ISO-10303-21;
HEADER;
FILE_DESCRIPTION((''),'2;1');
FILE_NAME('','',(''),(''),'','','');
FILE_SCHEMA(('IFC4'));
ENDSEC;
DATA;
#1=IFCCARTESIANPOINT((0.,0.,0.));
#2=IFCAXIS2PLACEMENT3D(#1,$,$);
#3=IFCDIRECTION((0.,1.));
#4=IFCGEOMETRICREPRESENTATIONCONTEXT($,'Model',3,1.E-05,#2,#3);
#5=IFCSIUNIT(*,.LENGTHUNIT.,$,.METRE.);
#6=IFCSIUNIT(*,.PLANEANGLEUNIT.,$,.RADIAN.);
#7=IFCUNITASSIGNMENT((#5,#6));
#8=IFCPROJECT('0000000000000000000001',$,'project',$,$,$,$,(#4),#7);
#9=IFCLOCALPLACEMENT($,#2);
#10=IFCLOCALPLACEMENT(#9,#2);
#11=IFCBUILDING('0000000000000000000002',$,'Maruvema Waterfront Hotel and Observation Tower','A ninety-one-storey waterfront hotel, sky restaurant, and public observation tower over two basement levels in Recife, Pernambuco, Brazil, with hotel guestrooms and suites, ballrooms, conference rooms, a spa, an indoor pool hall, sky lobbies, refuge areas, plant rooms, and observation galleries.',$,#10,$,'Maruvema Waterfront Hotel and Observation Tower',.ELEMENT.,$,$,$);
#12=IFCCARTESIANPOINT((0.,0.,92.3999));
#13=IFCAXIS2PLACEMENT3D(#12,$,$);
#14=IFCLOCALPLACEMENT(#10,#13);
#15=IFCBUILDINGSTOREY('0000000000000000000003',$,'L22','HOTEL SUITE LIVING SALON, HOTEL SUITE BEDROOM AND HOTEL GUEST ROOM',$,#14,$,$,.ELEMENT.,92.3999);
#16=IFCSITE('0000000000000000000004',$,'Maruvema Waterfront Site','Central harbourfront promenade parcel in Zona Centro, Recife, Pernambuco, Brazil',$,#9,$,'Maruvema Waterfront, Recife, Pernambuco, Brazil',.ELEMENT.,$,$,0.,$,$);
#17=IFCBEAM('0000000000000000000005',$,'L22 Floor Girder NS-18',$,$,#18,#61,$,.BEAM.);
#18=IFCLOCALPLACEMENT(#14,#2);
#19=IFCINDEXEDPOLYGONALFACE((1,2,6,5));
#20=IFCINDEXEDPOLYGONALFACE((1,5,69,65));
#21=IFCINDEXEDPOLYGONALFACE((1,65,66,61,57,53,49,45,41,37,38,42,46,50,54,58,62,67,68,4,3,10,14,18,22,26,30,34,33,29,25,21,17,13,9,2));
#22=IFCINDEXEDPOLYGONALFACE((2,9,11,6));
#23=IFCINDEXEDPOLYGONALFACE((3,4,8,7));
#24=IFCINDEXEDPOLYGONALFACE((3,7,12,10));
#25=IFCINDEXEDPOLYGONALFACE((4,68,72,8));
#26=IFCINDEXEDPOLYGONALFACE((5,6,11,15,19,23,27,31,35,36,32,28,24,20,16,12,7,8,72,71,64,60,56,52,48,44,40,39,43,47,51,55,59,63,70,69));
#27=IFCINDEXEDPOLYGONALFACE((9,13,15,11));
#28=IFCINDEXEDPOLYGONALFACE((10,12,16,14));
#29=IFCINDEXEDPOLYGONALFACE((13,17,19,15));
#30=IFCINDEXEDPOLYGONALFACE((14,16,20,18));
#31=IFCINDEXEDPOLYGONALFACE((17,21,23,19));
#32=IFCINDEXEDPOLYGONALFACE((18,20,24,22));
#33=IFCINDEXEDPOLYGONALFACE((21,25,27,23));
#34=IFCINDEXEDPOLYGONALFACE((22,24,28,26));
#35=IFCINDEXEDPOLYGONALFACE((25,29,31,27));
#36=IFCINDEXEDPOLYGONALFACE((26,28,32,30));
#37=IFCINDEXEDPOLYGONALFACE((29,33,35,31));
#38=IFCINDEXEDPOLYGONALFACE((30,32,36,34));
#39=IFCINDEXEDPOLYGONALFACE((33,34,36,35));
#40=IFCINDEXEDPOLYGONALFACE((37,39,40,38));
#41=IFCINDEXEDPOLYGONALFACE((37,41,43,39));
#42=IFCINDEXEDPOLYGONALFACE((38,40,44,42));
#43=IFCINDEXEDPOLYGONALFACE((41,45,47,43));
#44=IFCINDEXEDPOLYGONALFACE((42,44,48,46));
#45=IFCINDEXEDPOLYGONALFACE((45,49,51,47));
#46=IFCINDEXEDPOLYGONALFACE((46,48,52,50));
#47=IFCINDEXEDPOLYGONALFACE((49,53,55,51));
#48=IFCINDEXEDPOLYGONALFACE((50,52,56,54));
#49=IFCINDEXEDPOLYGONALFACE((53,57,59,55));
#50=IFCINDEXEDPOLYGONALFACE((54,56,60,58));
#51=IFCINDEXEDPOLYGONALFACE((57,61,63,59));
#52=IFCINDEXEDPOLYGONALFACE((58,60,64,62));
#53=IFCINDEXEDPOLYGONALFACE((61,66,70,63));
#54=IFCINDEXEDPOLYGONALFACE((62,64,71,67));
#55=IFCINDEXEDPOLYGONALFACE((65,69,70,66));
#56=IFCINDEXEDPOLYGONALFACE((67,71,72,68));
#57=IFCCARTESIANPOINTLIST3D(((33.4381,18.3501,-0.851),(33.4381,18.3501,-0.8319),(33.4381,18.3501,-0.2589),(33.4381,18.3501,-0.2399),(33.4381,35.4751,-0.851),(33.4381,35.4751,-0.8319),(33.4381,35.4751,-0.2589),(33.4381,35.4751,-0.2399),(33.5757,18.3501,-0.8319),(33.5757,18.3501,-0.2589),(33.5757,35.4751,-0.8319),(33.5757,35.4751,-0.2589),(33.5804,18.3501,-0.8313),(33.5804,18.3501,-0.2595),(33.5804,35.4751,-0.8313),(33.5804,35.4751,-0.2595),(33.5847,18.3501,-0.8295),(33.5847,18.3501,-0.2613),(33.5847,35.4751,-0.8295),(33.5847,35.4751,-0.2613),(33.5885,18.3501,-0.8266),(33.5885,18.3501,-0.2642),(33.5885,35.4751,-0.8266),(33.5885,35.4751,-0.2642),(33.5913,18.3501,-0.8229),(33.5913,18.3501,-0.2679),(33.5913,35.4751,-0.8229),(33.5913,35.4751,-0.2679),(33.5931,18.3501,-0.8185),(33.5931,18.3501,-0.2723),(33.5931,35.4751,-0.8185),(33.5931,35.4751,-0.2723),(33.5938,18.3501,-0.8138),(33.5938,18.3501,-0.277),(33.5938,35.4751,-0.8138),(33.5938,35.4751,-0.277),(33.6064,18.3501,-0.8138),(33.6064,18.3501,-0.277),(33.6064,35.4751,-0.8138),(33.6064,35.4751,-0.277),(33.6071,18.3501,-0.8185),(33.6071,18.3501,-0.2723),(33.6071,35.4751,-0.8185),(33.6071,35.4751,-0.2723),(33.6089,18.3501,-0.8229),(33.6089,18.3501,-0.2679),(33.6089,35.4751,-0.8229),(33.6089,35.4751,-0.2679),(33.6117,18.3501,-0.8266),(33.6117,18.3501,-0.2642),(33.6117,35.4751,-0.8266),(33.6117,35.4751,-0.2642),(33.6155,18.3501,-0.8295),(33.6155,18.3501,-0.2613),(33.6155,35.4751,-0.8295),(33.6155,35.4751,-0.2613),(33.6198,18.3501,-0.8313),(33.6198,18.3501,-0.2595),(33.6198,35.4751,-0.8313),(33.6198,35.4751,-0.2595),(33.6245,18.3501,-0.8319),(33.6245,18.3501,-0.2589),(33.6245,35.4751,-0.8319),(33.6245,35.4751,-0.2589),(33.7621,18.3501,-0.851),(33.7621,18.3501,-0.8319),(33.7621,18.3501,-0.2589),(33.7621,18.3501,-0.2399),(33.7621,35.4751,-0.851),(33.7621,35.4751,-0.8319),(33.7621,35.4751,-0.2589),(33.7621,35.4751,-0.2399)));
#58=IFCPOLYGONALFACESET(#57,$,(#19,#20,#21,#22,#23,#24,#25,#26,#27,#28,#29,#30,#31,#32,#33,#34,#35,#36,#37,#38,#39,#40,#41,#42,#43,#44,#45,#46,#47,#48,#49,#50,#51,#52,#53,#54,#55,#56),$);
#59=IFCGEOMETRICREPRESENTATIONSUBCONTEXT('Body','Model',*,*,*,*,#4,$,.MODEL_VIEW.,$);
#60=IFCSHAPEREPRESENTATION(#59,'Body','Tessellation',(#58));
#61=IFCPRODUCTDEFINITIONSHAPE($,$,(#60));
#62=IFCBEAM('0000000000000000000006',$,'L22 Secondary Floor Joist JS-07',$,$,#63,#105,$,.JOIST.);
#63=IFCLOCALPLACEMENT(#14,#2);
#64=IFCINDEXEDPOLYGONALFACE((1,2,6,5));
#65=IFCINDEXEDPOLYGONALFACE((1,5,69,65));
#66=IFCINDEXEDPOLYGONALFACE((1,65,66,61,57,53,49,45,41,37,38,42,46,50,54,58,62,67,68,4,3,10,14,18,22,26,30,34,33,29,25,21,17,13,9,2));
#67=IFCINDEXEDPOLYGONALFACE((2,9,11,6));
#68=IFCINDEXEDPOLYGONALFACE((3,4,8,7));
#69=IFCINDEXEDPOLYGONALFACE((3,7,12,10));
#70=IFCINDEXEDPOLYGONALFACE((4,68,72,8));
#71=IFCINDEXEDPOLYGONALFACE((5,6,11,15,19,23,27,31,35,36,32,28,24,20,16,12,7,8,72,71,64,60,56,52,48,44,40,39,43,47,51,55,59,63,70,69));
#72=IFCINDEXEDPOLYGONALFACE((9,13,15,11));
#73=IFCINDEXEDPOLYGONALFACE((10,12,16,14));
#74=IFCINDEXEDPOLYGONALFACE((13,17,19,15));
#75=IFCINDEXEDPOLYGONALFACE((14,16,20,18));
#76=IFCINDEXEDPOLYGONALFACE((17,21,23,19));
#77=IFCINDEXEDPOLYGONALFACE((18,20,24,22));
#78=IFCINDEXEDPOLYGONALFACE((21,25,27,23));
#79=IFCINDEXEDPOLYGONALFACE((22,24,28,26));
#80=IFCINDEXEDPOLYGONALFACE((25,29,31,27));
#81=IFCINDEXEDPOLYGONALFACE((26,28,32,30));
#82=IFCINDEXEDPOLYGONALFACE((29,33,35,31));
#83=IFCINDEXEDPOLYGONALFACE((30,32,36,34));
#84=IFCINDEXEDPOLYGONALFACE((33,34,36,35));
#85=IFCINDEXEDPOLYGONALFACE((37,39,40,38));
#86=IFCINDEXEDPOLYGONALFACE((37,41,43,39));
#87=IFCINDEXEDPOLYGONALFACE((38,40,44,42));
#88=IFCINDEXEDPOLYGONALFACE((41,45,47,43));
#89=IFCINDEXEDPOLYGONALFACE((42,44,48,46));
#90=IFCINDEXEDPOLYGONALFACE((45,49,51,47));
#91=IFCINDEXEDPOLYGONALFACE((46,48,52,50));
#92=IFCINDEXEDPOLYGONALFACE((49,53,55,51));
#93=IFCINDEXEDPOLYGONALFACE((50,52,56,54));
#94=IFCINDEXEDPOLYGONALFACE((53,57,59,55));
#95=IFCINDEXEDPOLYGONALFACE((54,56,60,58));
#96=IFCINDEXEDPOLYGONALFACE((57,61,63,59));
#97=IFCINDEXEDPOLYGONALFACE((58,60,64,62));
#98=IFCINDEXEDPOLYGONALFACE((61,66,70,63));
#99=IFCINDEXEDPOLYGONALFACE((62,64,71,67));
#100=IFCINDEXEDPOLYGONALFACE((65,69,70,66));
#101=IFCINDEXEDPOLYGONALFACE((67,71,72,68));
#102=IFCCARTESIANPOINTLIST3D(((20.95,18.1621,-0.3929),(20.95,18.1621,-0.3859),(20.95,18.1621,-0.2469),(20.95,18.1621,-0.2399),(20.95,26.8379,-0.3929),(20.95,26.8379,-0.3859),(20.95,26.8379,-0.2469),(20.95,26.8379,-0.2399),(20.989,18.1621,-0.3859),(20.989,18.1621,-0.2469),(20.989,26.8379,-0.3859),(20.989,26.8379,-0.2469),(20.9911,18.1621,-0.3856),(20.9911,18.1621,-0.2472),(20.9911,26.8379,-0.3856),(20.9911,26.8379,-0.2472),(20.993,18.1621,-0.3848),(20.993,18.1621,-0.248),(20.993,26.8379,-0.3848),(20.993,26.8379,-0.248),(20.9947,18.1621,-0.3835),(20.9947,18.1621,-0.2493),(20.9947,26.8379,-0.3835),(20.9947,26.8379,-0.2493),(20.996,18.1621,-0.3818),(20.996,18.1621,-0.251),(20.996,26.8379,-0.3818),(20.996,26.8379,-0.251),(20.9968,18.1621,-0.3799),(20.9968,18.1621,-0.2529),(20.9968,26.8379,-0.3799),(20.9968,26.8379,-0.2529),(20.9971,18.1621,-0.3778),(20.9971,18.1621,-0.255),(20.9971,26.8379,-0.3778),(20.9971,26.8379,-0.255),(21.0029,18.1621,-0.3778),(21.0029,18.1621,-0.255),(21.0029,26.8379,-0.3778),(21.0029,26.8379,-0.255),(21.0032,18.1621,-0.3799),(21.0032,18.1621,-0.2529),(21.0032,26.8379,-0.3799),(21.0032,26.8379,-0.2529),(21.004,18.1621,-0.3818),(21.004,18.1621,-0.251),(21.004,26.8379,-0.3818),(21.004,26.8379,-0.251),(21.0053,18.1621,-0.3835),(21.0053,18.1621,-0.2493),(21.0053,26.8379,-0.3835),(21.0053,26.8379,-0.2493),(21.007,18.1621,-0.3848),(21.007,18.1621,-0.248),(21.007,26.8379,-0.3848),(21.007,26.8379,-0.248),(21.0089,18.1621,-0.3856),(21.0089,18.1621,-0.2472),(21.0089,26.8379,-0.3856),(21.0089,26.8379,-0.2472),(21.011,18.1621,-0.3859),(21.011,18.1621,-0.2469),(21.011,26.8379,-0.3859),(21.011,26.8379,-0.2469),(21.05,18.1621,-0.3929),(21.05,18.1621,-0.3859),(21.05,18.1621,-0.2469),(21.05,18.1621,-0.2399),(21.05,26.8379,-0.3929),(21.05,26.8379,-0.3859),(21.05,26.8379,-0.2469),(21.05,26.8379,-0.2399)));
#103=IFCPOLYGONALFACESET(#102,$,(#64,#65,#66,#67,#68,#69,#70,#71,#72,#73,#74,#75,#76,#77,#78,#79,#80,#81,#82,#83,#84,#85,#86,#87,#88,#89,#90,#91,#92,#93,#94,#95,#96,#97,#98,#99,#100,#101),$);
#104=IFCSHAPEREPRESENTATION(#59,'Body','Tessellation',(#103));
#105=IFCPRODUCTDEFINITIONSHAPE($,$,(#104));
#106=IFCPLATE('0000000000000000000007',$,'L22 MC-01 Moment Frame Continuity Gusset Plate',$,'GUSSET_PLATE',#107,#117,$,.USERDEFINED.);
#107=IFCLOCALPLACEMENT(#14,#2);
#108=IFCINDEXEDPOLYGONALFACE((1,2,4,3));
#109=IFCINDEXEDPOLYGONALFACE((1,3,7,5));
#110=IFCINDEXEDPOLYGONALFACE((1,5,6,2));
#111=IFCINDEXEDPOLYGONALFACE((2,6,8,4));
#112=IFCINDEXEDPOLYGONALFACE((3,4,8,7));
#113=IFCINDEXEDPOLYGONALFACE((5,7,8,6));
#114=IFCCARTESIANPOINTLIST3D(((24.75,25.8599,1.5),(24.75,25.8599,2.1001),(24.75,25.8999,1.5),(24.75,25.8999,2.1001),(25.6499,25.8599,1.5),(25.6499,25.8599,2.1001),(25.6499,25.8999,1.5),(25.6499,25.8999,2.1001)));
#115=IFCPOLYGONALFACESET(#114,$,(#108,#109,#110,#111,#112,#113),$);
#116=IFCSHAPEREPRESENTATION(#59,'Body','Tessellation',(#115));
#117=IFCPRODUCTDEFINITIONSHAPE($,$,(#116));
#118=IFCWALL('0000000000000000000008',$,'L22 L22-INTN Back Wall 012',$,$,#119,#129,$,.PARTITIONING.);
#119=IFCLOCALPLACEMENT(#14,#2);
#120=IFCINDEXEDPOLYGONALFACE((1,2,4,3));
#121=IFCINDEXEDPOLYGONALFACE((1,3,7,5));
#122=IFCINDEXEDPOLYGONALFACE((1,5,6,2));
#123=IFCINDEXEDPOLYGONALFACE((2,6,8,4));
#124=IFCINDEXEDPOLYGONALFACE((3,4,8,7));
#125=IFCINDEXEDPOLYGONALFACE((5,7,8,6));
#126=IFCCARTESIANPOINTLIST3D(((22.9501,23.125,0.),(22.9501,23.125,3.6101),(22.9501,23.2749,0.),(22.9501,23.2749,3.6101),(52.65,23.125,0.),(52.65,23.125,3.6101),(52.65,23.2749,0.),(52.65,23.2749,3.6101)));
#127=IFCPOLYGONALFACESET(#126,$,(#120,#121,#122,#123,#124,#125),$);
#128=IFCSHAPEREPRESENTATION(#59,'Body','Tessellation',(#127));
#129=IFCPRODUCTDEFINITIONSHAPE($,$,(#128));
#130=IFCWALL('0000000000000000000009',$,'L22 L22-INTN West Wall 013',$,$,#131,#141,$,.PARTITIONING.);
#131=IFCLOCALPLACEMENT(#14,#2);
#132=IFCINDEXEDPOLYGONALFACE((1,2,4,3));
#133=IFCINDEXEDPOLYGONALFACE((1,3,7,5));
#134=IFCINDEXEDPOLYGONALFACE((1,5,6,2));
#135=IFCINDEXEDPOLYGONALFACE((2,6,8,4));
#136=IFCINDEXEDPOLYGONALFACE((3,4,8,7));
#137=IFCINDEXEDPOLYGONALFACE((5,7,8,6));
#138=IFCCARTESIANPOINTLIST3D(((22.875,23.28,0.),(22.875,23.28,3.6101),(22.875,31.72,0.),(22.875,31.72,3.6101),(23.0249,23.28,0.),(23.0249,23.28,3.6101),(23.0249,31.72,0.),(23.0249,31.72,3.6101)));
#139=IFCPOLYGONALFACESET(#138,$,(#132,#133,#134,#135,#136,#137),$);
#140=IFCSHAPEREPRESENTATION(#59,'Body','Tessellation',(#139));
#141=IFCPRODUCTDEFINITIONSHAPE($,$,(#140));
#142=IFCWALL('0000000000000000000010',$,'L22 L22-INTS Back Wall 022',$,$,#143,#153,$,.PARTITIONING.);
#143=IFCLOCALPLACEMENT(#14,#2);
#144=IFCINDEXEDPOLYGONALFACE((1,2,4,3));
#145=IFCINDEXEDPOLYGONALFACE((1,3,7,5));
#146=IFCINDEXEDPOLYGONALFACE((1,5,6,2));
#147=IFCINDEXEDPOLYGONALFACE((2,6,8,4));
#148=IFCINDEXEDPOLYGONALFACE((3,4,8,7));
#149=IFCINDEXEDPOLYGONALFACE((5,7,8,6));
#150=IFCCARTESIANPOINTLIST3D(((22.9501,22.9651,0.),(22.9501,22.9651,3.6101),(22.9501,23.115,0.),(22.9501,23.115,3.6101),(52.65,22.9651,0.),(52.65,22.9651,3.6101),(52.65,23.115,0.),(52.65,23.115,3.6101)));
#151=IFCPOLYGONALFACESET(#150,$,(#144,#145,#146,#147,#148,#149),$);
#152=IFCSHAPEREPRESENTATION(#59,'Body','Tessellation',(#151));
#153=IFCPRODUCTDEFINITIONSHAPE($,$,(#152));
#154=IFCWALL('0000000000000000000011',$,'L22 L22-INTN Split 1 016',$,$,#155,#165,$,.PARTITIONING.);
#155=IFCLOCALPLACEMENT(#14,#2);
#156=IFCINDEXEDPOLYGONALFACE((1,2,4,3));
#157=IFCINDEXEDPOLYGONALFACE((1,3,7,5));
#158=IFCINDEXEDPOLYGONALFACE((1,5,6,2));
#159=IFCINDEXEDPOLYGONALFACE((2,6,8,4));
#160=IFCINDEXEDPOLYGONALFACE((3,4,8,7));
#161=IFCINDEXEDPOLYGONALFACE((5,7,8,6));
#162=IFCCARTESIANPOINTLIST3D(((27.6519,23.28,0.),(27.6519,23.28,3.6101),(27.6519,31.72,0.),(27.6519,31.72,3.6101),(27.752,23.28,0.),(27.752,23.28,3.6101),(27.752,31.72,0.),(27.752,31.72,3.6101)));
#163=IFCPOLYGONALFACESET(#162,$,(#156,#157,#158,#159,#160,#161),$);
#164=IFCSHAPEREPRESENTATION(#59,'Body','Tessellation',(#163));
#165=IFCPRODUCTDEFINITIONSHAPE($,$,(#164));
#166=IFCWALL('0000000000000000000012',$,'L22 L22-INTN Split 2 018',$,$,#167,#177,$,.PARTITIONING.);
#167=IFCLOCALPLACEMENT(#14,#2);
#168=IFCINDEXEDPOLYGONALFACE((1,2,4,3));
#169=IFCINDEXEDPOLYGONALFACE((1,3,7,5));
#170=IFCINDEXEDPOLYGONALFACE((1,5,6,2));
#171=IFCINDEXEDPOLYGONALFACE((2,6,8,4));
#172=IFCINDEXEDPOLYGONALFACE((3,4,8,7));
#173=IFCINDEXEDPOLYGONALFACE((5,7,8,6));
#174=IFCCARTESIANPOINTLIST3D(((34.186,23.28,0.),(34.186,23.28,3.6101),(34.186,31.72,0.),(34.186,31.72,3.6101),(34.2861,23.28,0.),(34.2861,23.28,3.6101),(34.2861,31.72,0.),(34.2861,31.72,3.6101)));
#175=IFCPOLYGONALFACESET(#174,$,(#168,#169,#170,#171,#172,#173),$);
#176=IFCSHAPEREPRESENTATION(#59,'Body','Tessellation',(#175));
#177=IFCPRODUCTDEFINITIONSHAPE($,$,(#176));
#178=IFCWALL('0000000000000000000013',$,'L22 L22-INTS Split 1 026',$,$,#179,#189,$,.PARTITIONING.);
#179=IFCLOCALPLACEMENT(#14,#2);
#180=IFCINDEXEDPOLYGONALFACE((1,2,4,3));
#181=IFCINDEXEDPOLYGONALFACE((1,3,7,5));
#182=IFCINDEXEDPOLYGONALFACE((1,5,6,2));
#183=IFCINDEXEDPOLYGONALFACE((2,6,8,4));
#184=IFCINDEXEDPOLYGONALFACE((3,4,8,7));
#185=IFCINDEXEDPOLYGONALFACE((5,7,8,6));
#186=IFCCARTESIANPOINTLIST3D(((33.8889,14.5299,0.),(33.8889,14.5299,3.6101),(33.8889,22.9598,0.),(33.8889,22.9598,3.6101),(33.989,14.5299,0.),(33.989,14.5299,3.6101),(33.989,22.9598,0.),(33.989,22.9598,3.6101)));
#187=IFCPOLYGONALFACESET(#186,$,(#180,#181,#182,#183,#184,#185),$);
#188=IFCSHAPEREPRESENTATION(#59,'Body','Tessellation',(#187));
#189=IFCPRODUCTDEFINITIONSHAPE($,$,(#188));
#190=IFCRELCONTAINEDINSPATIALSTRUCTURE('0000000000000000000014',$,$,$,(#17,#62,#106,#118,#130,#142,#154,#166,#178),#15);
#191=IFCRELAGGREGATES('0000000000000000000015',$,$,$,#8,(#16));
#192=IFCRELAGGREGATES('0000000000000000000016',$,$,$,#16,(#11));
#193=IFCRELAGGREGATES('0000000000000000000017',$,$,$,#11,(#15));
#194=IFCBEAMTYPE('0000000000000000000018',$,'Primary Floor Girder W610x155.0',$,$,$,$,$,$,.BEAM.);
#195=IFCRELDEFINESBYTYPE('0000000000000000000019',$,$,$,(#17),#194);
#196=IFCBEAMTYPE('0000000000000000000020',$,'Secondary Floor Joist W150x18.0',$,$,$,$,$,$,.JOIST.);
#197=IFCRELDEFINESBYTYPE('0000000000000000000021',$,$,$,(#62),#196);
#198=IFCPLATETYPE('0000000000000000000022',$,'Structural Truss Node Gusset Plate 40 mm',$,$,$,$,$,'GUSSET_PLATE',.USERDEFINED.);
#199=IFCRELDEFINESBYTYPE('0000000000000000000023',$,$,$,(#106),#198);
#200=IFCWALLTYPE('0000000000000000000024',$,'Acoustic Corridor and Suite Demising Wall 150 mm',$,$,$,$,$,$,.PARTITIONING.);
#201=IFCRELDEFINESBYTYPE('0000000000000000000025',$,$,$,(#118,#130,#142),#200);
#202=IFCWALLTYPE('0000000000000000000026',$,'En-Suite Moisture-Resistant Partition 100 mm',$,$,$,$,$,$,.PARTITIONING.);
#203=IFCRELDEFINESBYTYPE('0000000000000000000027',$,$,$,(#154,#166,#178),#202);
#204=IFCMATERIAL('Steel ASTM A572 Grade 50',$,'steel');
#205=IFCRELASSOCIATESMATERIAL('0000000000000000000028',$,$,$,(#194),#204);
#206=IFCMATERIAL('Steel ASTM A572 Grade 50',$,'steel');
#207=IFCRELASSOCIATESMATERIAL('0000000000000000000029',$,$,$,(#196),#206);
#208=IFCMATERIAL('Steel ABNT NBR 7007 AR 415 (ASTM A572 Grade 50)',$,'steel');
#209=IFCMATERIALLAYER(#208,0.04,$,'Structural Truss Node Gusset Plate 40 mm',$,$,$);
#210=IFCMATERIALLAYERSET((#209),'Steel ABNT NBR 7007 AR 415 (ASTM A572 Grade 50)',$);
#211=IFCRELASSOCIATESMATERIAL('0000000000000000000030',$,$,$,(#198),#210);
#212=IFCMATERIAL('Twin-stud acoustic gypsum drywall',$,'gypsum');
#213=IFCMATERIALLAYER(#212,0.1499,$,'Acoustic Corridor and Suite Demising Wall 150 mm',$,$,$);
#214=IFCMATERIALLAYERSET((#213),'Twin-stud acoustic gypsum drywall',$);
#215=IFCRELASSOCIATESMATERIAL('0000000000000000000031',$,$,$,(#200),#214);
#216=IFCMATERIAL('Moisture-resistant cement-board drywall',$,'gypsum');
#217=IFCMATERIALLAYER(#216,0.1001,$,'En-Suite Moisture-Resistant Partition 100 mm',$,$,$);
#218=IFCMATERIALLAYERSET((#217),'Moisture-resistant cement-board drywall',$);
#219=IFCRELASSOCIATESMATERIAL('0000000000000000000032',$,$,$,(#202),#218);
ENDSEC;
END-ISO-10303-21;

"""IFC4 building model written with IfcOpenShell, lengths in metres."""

from ifc_helpers import new_model, si_unit, direction, frame, frame_2d, origin, origin_2d, place, context, subcontext, project, spatial, rectangle, i_section, extrude, material, layer, layer_set, material_profile, profile_set, type_object, element, save


model = new_model("IFC4")

# Units and contexts
model_context = context("Model", 3, precision=1e-05, world=origin(), true_north=direction((0.0, 1.0)))
body_context = subcontext(model_context, "Body", "Model", "MODEL_VIEW")
ifc_project = project(units=[si_unit("LENGTHUNIT", "METRE"), si_unit("PLANEANGLEUNIT", "RADIAN")], contexts=[model_context])

# Site, building, storey
site_placement = place(None, origin())
site = spatial("IfcSite", under=ifc_project, at=site_placement, Name="Maruvema Waterfront Site", Description="Central harbourfront promenade parcel in Zona Centro, Recife, Pernambuco, Brazil", LongName="Maruvema Waterfront, Recife, Pernambuco, Brazil", CompositionType="ELEMENT", RefElevation=0.0)
building_placement = place(site_placement, origin())
building = spatial("IfcBuilding", under=site, at=building_placement, Name="Maruvema Waterfront Hotel and Observation Tower", Description="A ninety-one-storey waterfront hotel, sky restaurant, and public observation tower over two basement levels in Recife, Pernambuco, Brazil, with hotel guestrooms and suites, ballrooms, conference rooms, a spa, an indoor pool hall, sky lobbies, refuge areas, plant rooms, and observation galleries.", LongName="Maruvema Waterfront Hotel and Observation Tower", CompositionType="ELEMENT")
storey_placement = place(building_placement, frame((0.0, 0.0, 92.3999)))
storey = spatial("IfcBuildingStorey", under=building, at=storey_placement, Name="L22", Description="HOTEL SUITE LIVING SALON, HOTEL SUITE BEDROOM AND HOTEL GUEST ROOM", CompositionType="ELEMENT", Elevation=92.3999)

# Beams
ifc_material_1 = material(Name="Steel ASTM A572 Grade 50", Category="steel")
ifc_material_profile_1 = material_profile(ifc_material_1, i_section(OverallWidth=0.324, OverallDepth=0.6111, WebThickness=0.0127, FlangeThickness=0.019, FilletRadius=0.0181, at=origin_2d()), Name="W610x155.0")
ifc_profile_set_1 = profile_set([ifc_material_profile_1], Name="Steel ASTM A572 Grade 50")
beam_type_1 = type_object("IfcBeamType", Name="Primary Floor Girder W610x155.0", PredefinedType="BEAM", material=ifc_profile_set_1)
beam_1_placement = place(storey_placement, frame((33.6001, 18.3501, -0.5454), z_axis=(0.0, 1.0, 0.0), x_axis=(-1.0, 0.0, 0.0)))
element("IfcBeam", 1, at=beam_1_placement, inside=storey, type_object=beam_type_1, Name="L22 Floor Girder NS-18", PredefinedType="BEAM", context=body_context, shape_type="SweptSolid", body=[
    extrude(i_section(OverallWidth=0.324, OverallDepth=0.6111, WebThickness=0.0127, FlangeThickness=0.019, FilletRadius=0.0181, at=origin_2d()), origin(), (0.0, 0.0, 1.0), 17.125),
])
ifc_material_2 = material(Name="Steel ASTM A572 Grade 50", Category="steel")
ifc_material_profile_2 = material_profile(ifc_material_2, i_section(OverallWidth=0.1001, OverallDepth=0.1531, WebThickness=0.0059, FlangeThickness=0.0071, FilletRadius=0.0081, at=origin_2d()), Name="W150x18.0")
ifc_profile_set_2 = profile_set([ifc_material_profile_2], Name="Steel ASTM A572 Grade 50")
beam_type_2 = type_object("IfcBeamType", Name="Secondary Floor Joist W150x18.0", PredefinedType="JOIST", material=ifc_profile_set_2)
beam_2_placement = place(storey_placement, frame((21.0, 18.1621, -0.3164), z_axis=(0.0, 1.0, 0.0), x_axis=(-1.0, 0.0, 0.0)))
element("IfcBeam", 2, at=beam_2_placement, inside=storey, type_object=beam_type_2, Name="L22 Secondary Floor Joist JS-07", PredefinedType="JOIST", context=body_context, shape_type="SweptSolid", body=[
    extrude(i_section(OverallWidth=0.1001, OverallDepth=0.1531, WebThickness=0.0059, FlangeThickness=0.0071, FilletRadius=0.0081, at=origin_2d()), origin(), (0.0, 0.0, 1.0), 8.6758),
])

# Plate
ifc_material_3 = material(Name="Steel ABNT NBR 7007 AR 415 (ASTM A572 Grade 50)", Category="steel")
ifc_layer_1 = layer(ifc_material_3, 0.04, Name="Structural Truss Node Gusset Plate 40 mm")
ifc_layer_set_1 = layer_set([ifc_layer_1], Name="Steel ABNT NBR 7007 AR 415 (ASTM A572 Grade 50)")
plate_type = type_object("IfcPlateType", Name="Structural Truss Node Gusset Plate 40 mm", ElementType="GUSSET_PLATE", PredefinedType="USERDEFINED", material=ifc_layer_set_1)
plate_placement = place(storey_placement, frame((25.2, 25.8799, 1.5), z_axis=(0.0, 0.0, 1.0), x_axis=(1.0, 0.0, 0.0)))
element("IfcPlate", 3, at=plate_placement, inside=storey, type_object=plate_type, Name="L22 MC-01 Moment Frame Continuity Gusset Plate", ObjectType="GUSSET_PLATE", PredefinedType="USERDEFINED", context=body_context, shape_type="SweptSolid", body=[
    extrude(rectangle(XDim=0.8999, YDim=0.04, at=origin_2d()), origin(), (0.0, 0.0, 1.0), 0.6001),
])

# Walls
ifc_material_4 = material(Name="Twin-stud acoustic gypsum drywall", Category="gypsum")
ifc_layer_2 = layer(ifc_material_4, 0.1499, Name="Acoustic Corridor and Suite Demising Wall 150 mm")
ifc_layer_set_2 = layer_set([ifc_layer_2], Name="Twin-stud acoustic gypsum drywall")
wall_type_1 = type_object("IfcWallType", Name="Acoustic Corridor and Suite Demising Wall 150 mm", PredefinedType="PARTITIONING", material=ifc_layer_set_2)
wall_1_placement = place(storey_placement, frame((22.95, 23.2, 0.0), z_axis=(0.0, 0.0, 1.0), x_axis=(1.0, 0.0, 0.0)))
element("IfcWall", 4, at=wall_1_placement, inside=storey, type_object=wall_type_1, Name="L22 L22-INTN Back Wall 012", PredefinedType="PARTITIONING", context=body_context, shape_type="SweptSolid", body=[
    extrude(rectangle(XDim=29.7, YDim=0.1499, at=frame_2d((14.8501, 0.0))), origin(), (0.0, 0.0, 1.0), 3.6101),
])
wall_2_placement = place(storey_placement, frame((22.95, 23.28, 0.0), z_axis=(0.0, 0.0, 1.0), x_axis=(0.0, 1.0, 0.0)))
element("IfcWall", 5, at=wall_2_placement, inside=storey, type_object=wall_type_1, Name="L22 L22-INTN West Wall 013", PredefinedType="PARTITIONING", context=body_context, shape_type="SweptSolid", body=[
    extrude(rectangle(XDim=8.4399, YDim=0.1499, at=frame_2d((4.22, 0.0))), origin(), (0.0, 0.0, 1.0), 3.6101),
])
wall_3_placement = place(storey_placement, frame((22.95, 23.04, 0.0), z_axis=(0.0, 0.0, 1.0), x_axis=(1.0, 0.0, 0.0)))
element("IfcWall", 6, at=wall_3_placement, inside=storey, type_object=wall_type_1, Name="L22 L22-INTS Back Wall 022", PredefinedType="PARTITIONING", context=body_context, shape_type="SweptSolid", body=[
    extrude(rectangle(XDim=29.7, YDim=0.1499, at=frame_2d((14.8501, 0.0))), origin(), (0.0, 0.0, 1.0), 3.6101),
])

# Walls
ifc_material_5 = material(Name="Moisture-resistant cement-board drywall", Category="gypsum")
ifc_layer_3 = layer(ifc_material_5, 0.1001, Name="En-Suite Moisture-Resistant Partition 100 mm")
ifc_layer_set_3 = layer_set([ifc_layer_3], Name="Moisture-resistant cement-board drywall")
wall_type_2 = type_object("IfcWallType", Name="En-Suite Moisture-Resistant Partition 100 mm", PredefinedType="PARTITIONING", material=ifc_layer_set_3)
for number, where, z_axis, x_axis, name in (
    (7, (27.7019, 23.28, 0.0), (0.0, 0.0, 1.0), (0.0, 1.0, 0.0), "L22 L22-INTN Split 1 016"),
    (8, (34.2361, 23.28, 0.0), (0.0, 0.0, 1.0), (0.0, 1.0, 0.0), "L22 L22-INTN Split 2 018"),
):
    element("IfcWall", number, at=place(storey_placement, frame(where, z_axis=z_axis, x_axis=x_axis)), inside=storey, type_object=wall_type_2, Name=name, PredefinedType="PARTITIONING", context=body_context, shape_type="SweptSolid", body=[
        extrude(rectangle(XDim=8.4399, YDim=0.1001, at=frame_2d((4.22, 0.0))), origin(), (0.0, 0.0, 1.0), 3.6101),
    ])
wall_4_placement = place(storey_placement, frame((33.939, 14.53, 0.0), z_axis=(0.0, 0.0, 1.0), x_axis=(0.0, 1.0, 0.0)))
element("IfcWall", 9, at=wall_4_placement, inside=storey, type_object=wall_type_2, Name="L22 L22-INTS Split 1 026", PredefinedType="PARTITIONING", context=body_context, shape_type="SweptSolid", body=[
    extrude(rectangle(XDim=8.4299, YDim=0.1001, at=frame_2d((4.2148, 0.0))), origin(), (0.0, 0.0, 1.0), 3.6101),
])

save(model, "model.ifc")
